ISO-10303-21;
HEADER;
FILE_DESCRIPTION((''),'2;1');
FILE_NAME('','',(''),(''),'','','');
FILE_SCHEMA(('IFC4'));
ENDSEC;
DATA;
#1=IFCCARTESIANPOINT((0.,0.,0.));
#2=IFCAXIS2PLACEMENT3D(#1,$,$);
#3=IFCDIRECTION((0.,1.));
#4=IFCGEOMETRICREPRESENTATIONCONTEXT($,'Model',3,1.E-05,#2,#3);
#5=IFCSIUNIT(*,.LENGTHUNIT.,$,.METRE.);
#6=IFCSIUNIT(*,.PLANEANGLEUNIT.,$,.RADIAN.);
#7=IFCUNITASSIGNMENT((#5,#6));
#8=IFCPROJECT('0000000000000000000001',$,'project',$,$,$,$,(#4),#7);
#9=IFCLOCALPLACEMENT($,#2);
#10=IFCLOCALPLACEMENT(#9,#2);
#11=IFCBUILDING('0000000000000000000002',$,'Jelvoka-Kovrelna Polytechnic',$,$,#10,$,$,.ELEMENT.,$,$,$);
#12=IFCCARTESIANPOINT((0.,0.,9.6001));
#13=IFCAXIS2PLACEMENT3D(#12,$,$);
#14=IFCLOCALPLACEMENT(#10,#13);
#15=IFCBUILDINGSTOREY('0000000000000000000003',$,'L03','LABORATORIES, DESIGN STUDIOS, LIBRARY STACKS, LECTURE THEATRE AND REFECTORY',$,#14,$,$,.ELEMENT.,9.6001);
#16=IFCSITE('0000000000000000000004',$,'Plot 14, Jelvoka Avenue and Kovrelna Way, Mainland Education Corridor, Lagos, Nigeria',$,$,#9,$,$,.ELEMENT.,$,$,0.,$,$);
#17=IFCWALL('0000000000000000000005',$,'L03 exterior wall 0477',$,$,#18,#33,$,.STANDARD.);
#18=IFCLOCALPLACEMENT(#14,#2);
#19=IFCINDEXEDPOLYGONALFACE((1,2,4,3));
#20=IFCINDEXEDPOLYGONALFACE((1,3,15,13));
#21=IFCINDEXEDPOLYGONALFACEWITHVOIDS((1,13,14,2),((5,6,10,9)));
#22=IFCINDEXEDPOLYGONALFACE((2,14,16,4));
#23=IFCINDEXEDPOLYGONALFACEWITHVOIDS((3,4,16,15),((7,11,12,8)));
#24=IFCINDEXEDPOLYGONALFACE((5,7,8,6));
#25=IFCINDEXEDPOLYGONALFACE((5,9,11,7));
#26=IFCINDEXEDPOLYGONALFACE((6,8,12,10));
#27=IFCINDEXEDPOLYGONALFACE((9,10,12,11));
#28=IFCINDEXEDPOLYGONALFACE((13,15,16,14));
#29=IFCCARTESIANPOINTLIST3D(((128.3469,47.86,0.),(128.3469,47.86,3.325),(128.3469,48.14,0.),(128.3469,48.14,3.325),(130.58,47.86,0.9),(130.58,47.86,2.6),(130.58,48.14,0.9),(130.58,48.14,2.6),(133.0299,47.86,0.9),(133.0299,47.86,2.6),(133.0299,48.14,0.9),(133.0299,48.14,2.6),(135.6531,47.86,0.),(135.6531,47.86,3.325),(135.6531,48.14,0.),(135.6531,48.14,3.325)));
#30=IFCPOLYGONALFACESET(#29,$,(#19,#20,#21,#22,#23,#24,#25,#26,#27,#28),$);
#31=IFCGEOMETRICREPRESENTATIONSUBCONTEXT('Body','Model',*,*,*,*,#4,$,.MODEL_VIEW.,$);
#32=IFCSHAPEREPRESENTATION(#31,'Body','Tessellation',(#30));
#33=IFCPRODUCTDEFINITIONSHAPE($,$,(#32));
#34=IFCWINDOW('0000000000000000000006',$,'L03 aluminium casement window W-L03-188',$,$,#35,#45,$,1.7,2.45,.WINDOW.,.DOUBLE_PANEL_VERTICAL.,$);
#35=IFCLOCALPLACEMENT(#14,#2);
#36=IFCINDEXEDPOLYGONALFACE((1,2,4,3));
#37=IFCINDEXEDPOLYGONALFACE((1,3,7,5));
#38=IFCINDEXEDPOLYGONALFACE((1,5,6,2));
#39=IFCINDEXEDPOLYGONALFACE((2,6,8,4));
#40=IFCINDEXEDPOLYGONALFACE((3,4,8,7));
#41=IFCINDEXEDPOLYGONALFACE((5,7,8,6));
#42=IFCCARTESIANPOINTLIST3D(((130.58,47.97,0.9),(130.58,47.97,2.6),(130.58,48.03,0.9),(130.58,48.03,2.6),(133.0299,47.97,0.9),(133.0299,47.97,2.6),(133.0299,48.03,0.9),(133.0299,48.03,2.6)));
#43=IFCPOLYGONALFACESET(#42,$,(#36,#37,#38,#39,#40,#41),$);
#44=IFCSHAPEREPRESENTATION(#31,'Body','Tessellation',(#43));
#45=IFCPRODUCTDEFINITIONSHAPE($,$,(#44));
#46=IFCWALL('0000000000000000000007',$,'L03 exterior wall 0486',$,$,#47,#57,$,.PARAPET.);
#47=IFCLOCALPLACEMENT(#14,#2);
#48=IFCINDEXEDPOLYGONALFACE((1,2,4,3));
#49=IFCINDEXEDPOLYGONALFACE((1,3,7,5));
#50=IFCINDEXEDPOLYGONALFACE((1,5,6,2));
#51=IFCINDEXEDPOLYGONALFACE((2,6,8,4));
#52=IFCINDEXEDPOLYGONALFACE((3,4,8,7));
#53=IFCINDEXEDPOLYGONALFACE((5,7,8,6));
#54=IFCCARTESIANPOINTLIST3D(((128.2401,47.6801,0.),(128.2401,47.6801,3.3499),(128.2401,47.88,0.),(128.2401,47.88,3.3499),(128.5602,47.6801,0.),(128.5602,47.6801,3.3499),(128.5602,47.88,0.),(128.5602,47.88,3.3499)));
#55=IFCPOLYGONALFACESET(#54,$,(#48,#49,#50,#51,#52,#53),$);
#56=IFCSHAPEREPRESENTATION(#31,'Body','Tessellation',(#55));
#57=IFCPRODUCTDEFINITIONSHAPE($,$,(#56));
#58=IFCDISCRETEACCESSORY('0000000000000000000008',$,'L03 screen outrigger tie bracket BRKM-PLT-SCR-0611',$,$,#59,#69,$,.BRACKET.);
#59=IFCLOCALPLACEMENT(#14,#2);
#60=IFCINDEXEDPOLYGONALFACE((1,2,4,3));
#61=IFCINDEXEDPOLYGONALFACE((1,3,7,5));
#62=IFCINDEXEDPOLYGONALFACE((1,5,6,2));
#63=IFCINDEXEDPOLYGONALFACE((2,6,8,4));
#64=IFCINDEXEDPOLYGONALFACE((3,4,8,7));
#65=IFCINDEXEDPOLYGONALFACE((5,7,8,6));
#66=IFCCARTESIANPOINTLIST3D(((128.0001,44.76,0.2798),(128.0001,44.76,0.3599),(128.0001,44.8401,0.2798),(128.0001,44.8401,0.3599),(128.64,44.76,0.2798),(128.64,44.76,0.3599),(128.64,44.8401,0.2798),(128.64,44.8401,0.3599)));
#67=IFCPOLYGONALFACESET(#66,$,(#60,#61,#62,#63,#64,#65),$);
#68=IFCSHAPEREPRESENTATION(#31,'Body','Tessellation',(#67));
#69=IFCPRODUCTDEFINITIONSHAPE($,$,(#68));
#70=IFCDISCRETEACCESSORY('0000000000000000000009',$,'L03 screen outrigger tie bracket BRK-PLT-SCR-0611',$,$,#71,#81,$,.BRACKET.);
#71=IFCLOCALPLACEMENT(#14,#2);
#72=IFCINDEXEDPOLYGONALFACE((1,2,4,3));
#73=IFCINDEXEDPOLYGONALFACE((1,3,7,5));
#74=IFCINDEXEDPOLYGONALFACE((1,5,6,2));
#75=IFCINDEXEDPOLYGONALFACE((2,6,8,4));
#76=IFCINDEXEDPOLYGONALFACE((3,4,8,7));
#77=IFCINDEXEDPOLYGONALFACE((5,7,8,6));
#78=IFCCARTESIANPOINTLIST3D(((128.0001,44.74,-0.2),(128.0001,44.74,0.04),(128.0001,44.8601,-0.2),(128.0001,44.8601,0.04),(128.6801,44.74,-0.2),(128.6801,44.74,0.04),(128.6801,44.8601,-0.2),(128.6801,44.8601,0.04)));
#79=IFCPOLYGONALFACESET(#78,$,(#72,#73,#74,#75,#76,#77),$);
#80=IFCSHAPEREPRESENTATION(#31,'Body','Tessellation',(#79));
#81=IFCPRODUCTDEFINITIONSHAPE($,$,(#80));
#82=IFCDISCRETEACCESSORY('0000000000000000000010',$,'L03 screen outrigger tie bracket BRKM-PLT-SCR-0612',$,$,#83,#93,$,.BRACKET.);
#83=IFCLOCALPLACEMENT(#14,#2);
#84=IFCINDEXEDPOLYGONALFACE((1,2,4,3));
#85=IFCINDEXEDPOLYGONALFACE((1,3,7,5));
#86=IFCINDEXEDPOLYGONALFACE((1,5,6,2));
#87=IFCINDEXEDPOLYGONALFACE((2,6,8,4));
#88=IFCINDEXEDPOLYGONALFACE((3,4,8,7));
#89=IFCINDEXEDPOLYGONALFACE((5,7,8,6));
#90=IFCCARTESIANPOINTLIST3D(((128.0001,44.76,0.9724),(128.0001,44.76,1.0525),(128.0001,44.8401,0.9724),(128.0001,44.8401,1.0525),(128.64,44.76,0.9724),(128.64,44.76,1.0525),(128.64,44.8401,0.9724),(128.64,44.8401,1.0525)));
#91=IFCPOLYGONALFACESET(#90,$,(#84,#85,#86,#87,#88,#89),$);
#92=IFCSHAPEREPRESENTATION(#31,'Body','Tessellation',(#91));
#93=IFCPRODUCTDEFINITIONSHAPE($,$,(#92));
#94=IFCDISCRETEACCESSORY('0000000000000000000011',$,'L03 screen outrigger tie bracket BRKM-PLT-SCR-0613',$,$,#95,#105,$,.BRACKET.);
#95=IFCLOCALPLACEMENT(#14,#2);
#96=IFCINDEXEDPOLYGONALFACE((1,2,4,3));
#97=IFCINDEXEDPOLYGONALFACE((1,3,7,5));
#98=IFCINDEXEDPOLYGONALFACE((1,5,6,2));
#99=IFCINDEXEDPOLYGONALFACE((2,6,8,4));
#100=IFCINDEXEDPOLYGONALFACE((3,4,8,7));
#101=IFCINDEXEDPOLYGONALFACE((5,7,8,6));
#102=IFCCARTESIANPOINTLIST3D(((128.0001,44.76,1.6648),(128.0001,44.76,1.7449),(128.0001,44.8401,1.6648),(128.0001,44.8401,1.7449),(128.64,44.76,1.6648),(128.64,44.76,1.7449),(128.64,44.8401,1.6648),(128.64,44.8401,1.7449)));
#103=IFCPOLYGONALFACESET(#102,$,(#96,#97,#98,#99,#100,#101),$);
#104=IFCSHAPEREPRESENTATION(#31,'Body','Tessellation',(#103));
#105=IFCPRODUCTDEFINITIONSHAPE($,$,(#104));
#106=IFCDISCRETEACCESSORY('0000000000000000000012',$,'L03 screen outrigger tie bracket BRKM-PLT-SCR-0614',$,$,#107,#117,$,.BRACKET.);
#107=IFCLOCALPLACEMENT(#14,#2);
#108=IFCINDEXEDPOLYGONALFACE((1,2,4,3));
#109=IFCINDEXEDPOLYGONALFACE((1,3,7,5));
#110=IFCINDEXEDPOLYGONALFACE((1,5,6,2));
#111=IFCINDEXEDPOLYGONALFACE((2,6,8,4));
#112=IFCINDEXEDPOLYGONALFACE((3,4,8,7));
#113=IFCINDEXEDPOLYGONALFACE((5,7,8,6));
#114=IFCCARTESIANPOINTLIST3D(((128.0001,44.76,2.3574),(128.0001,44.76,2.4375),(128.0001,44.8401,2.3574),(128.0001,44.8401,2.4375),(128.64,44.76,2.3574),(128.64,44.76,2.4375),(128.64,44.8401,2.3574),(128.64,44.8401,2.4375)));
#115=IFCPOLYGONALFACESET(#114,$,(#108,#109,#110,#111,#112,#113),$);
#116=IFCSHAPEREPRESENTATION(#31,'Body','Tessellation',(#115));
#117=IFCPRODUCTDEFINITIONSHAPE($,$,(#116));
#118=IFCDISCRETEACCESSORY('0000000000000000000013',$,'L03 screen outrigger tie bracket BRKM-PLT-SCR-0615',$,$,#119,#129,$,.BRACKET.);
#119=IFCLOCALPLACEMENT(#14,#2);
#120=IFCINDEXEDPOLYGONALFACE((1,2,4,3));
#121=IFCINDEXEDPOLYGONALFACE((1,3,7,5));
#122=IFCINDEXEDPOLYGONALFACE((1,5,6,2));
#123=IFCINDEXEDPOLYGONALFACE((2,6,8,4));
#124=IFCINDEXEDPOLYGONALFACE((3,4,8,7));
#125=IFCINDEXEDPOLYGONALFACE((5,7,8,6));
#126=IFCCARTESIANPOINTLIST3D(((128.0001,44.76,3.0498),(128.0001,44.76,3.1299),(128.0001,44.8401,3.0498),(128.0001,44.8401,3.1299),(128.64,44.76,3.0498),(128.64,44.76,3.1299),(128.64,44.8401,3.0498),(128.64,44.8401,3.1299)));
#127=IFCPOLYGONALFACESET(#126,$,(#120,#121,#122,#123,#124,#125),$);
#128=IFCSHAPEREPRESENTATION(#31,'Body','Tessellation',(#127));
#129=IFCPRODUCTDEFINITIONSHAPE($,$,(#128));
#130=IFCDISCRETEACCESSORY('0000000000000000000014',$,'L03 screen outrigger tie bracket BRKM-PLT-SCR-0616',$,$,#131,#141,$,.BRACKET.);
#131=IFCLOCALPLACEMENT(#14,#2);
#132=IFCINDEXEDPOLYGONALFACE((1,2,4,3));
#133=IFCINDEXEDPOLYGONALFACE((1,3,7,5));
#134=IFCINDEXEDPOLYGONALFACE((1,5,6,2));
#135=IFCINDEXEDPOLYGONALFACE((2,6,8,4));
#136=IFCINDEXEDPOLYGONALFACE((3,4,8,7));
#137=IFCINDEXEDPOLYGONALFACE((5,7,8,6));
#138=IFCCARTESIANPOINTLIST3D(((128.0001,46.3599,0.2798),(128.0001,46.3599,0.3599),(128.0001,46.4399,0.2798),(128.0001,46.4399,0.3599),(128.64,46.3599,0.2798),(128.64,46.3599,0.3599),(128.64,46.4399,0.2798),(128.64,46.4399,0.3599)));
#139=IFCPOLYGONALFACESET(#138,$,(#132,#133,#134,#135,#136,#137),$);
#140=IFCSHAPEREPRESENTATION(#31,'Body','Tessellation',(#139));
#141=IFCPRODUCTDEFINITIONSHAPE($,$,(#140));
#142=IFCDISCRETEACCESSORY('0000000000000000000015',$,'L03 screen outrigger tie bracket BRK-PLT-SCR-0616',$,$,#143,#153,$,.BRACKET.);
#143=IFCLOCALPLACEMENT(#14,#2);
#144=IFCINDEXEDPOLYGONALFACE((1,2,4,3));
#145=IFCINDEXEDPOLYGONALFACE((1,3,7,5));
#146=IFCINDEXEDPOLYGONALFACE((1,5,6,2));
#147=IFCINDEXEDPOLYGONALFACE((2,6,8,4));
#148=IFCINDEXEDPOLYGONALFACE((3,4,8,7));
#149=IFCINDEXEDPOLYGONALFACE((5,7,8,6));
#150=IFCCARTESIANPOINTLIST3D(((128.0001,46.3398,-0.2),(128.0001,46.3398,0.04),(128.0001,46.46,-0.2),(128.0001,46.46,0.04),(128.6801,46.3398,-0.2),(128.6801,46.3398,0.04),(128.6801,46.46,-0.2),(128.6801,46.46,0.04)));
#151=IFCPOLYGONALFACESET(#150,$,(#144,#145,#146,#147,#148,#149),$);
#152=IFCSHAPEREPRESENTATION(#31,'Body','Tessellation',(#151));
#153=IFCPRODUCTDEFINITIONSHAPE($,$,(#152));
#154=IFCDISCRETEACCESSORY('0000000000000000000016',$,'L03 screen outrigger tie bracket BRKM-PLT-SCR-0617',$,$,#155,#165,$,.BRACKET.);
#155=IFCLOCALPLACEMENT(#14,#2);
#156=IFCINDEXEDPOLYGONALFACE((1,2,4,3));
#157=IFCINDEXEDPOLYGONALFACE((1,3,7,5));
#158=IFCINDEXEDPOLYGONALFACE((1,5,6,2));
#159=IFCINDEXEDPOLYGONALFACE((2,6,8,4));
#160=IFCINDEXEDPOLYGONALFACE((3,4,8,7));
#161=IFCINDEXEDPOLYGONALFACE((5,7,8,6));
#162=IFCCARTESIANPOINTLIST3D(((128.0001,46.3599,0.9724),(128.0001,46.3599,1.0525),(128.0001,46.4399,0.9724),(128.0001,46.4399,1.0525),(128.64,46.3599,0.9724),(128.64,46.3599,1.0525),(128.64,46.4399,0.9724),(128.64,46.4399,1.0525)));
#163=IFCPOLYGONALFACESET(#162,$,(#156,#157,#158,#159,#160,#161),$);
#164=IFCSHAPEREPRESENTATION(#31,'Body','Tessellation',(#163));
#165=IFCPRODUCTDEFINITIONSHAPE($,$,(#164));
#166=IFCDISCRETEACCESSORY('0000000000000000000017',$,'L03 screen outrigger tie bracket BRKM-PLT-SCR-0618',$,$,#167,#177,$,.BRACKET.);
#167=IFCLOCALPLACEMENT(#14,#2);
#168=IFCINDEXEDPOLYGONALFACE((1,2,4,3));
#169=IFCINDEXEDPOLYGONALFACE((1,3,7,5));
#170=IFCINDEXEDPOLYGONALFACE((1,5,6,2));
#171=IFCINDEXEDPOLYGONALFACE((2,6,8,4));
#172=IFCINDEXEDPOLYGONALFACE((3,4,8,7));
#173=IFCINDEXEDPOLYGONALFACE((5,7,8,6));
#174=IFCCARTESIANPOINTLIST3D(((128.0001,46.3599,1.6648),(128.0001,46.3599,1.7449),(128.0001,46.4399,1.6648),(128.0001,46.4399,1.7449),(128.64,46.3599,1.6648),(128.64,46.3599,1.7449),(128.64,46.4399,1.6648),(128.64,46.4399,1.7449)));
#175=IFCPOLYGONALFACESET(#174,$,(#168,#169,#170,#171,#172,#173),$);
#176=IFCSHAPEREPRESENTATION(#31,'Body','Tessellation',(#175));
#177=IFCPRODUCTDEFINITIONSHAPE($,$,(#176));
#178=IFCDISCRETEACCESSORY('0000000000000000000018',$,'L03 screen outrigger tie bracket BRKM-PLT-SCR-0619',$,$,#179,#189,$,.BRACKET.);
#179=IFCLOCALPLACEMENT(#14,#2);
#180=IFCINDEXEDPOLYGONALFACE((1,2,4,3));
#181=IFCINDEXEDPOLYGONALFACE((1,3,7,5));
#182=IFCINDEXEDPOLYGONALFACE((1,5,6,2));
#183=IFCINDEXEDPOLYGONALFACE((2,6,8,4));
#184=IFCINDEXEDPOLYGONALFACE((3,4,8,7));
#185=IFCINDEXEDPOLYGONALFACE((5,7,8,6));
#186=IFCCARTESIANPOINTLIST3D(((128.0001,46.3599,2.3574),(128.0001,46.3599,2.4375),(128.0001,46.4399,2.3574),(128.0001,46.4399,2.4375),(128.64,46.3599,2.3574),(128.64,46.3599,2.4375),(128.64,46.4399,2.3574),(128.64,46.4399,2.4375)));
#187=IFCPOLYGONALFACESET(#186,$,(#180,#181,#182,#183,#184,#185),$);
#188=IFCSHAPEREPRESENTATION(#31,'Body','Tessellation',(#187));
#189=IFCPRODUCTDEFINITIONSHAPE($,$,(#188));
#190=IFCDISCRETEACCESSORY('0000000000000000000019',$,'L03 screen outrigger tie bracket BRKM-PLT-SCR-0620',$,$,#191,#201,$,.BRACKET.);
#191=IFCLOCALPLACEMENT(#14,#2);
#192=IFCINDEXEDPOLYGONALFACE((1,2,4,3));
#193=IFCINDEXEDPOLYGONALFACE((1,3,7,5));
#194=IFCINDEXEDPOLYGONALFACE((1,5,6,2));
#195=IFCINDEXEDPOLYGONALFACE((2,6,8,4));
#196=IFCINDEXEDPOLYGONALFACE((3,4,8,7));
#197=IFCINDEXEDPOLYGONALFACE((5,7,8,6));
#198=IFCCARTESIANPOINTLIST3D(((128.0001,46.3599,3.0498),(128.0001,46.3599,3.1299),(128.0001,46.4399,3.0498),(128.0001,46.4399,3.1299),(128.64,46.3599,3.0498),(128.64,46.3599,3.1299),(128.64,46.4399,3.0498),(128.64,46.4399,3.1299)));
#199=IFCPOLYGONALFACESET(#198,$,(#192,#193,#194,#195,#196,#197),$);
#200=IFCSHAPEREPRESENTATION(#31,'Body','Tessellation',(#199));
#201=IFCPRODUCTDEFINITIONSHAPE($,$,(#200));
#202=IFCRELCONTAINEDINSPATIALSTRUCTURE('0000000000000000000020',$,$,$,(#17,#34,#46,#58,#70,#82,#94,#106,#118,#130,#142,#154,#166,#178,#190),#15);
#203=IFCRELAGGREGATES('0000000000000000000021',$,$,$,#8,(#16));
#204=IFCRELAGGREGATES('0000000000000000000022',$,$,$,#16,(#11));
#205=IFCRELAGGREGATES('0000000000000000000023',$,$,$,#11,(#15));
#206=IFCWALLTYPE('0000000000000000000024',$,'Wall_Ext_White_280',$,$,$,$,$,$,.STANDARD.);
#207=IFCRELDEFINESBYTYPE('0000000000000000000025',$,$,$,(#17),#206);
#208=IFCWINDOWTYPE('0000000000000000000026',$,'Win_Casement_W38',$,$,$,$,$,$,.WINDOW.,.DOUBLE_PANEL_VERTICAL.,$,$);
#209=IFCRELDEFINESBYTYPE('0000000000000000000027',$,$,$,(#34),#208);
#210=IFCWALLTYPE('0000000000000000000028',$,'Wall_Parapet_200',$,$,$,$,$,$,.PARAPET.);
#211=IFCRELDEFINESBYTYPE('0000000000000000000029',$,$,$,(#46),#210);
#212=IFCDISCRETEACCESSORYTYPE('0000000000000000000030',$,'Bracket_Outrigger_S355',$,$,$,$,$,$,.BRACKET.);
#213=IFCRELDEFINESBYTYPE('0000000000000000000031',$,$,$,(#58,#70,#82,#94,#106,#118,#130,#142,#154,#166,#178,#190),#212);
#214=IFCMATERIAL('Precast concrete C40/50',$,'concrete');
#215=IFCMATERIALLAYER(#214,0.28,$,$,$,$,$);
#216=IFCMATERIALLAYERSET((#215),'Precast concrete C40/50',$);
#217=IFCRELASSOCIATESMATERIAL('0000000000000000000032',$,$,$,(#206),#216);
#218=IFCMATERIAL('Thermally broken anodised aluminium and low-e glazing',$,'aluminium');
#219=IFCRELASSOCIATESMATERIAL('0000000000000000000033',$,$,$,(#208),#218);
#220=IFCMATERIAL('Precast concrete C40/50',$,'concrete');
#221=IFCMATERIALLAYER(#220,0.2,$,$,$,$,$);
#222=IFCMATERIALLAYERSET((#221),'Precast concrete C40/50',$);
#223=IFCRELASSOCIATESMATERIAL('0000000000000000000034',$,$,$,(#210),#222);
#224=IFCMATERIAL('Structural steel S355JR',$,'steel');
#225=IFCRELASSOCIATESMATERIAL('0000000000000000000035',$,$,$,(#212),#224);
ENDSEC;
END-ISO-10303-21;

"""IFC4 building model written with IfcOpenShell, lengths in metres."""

from ifc_helpers import new_model, si_unit, direction, frame, frame_2d, origin, origin_2d, place, context, subcontext, project, spatial, rectangle, extrude, material, layer, layer_set, type_object, element, fill, save


model = new_model("IFC4")

# Units and contexts
model_context = context("Model", 3, precision=1e-05, world=origin(), true_north=direction((0.0, 1.0)))
body_context = subcontext(model_context, "Body", "Model", "MODEL_VIEW")
ifc_project = project(units=[si_unit("LENGTHUNIT", "METRE"), si_unit("PLANEANGLEUNIT", "RADIAN")], contexts=[model_context])

# Site, building, storey
site_placement = place(None, origin())
site = spatial("IfcSite", under=ifc_project, at=site_placement, Name="Plot 14, Jelvoka Avenue and Kovrelna Way, Mainland Education Corridor, Lagos, Nigeria", CompositionType="ELEMENT", RefElevation=0.0)
building_placement = place(site_placement, origin())
building = spatial("IfcBuilding", under=site, at=building_placement, Name="Jelvoka-Kovrelna Polytechnic", CompositionType="ELEMENT")
storey_placement = place(building_placement, frame((0.0, 0.0, 9.6001)))
storey = spatial("IfcBuildingStorey", under=building, at=storey_placement, Name="L03", Description="LABORATORIES, DESIGN STUDIOS, LIBRARY STACKS, LECTURE THEATRE AND REFECTORY", CompositionType="ELEMENT", Elevation=9.6001)

# Wall, opening, window
ifc_material_1 = material(Name="Precast concrete C40/50", Category="concrete")
ifc_layer_1 = layer(ifc_material_1, 0.28)
ifc_layer_set_1 = layer_set([ifc_layer_1], Name="Precast concrete C40/50")
wall_type_1 = type_object("IfcWallType", Name="Wall_Ext_White_280", PredefinedType="STANDARD", material=ifc_layer_set_1)
wall_1_placement = place(storey_placement, frame((128.3469, 48.0, 0.0), z_axis=(0.0, 0.0, 1.0), x_axis=(1.0, 0.0, 0.0)))
wall_1 = element("IfcWall", 1, at=wall_1_placement, inside=storey, type_object=wall_type_1, Name="L03 exterior wall 0477", PredefinedType="STANDARD", context=body_context, shape_type="SweptSolid", body=[
    extrude(rectangle(XDim=7.3062, YDim=0.28, at=frame_2d((3.6531, 0.0))), origin(), (0.0, 0.0, 1.0), 3.325),
])
opening_placement = place(wall_1_placement, frame((2.2329, 0.0, 0.8999)))
opening = element("IfcOpeningElement", 2, at=opening_placement, cuts=wall_1, PredefinedType="OPENING", context=body_context, shape_type="SweptSolid", body=[
    extrude(rectangle(XDim=2.45, YDim=1.7, at=frame_2d((1.2251, 0.8501))), frame((0.0, 0.1501, 0.0), z_axis=(0.0, -1.0, 0.0), x_axis=(1.0, 0.0, 0.0)), (0.0, 0.0, 1.0), 0.3),
])
ifc_material_2 = material(Name="Thermally broken anodised aluminium and low-e glazing", Category="aluminium")
window_type = type_object("IfcWindowType", Name="Win_Casement_W38", PartitioningType="DOUBLE_PANEL_VERTICAL", PredefinedType="WINDOW", material=ifc_material_2)
window_placement = place(opening_placement, origin())
window = element("IfcWindow", 3, at=window_placement, inside=storey, type_object=window_type, Name="L03 aluminium casement window W-L03-188", OverallHeight=1.7, OverallWidth=2.45, PartitioningType="DOUBLE_PANEL_VERTICAL", PredefinedType="WINDOW", context=body_context, shape_type="SweptSolid", body=[
    extrude(rectangle(XDim=2.45, YDim=1.7, at=frame_2d((1.2251, 0.8501))), frame((0.0, 0.03, 0.0), z_axis=(0.0, -1.0, 0.0), x_axis=(1.0, 0.0, 0.0)), (0.0, 0.0, 1.0), 0.0601),
])
fill(opening, window)

# Wall
ifc_material_3 = material(Name="Precast concrete C40/50", Category="concrete")
ifc_layer_2 = layer(ifc_material_3, 0.2)
ifc_layer_set_2 = layer_set([ifc_layer_2], Name="Precast concrete C40/50")
wall_type_2 = type_object("IfcWallType", Name="Wall_Parapet_200", PredefinedType="PARAPET", material=ifc_layer_set_2)
wall_2_placement = place(storey_placement, frame((128.24, 47.78, 0.0), z_axis=(0.0, 0.0, 1.0), x_axis=(1.0, 0.0, 0.0)))
element("IfcWall", 4, at=wall_2_placement, inside=storey, type_object=wall_type_2, Name="L03 exterior wall 0486", PredefinedType="PARAPET", context=body_context, shape_type="SweptSolid", body=[
    extrude(rectangle(XDim=0.3201, YDim=0.2, at=frame_2d((0.1602, 0.0))), origin(), (0.0, 0.0, 1.0), 3.3499),
])

# Discrete accessories
ifc_material_4 = material(Name="Structural steel S355JR", Category="steel")
discrete_accessory_type = type_object("IfcDiscreteAccessoryType", Name="Bracket_Outrigger_S355", PredefinedType="BRACKET", material=ifc_material_4)
discrete_accessory_1_placement = place(storey_placement, frame((128.3201, 44.8, 0.2798), z_axis=(0.0, 0.0, 1.0), x_axis=(1.0, 0.0, 0.0)))
element("IfcDiscreteAccessory", 5, at=discrete_accessory_1_placement, inside=storey, type_object=discrete_accessory_type, Name="L03 screen outrigger tie bracket BRKM-PLT-SCR-0611", PredefinedType="BRACKET", context=body_context, shape_type="SweptSolid", body=[
    extrude(rectangle(XDim=0.6399, YDim=0.0801, at=origin_2d()), origin(), (0.0, 0.0, 1.0), 0.0801),
])
discrete_accessory_2_placement = place(storey_placement, frame((128.3401, 44.8, -0.2), z_axis=(0.0, 0.0, 1.0), x_axis=(1.0, 0.0, 0.0)))
element("IfcDiscreteAccessory", 6, at=discrete_accessory_2_placement, inside=storey, type_object=discrete_accessory_type, Name="L03 screen outrigger tie bracket BRK-PLT-SCR-0611", PredefinedType="BRACKET", context=body_context, shape_type="SweptSolid", body=[
    extrude(rectangle(XDim=0.6799, YDim=0.1201, at=origin_2d()), origin(), (0.0, 0.0, 1.0), 0.24),
])
for number, where, z_axis, x_axis, name in (
    (7, (128.3201, 44.8, 0.9724), (0.0, 0.0, 1.0), (1.0, 0.0, 0.0), "L03 screen outrigger tie bracket BRKM-PLT-SCR-0612"),
    (8, (128.3201, 44.8, 1.6648), (0.0, 0.0, 1.0), (1.0, 0.0, 0.0), "L03 screen outrigger tie bracket BRKM-PLT-SCR-0613"),
    (9, (128.3201, 44.8, 2.3574), (0.0, 0.0, 1.0), (1.0, 0.0, 0.0), "L03 screen outrigger tie bracket BRKM-PLT-SCR-0614"),
    (10, (128.3201, 44.8, 3.0498), (0.0, 0.0, 1.0), (1.0, 0.0, 0.0), "L03 screen outrigger tie bracket BRKM-PLT-SCR-0615"),
    (11, (128.3201, 46.3999, 0.2798), (0.0, 0.0, 1.0), (1.0, 0.0, 0.0), "L03 screen outrigger tie bracket BRKM-PLT-SCR-0616"),
):
    element("IfcDiscreteAccessory", number, at=place(storey_placement, frame(where, z_axis=z_axis, x_axis=x_axis)), inside=storey, type_object=discrete_accessory_type, Name=name, PredefinedType="BRACKET", context=body_context, shape_type="SweptSolid", body=[
        extrude(rectangle(XDim=0.6399, YDim=0.0801, at=origin_2d()), origin(), (0.0, 0.0, 1.0), 0.0801),
    ])
discrete_accessory_3_placement = place(storey_placement, frame((128.3401, 46.3999, -0.2), z_axis=(0.0, 0.0, 1.0), x_axis=(1.0, 0.0, 0.0)))
element("IfcDiscreteAccessory", 12, at=discrete_accessory_3_placement, inside=storey, type_object=discrete_accessory_type, Name="L03 screen outrigger tie bracket BRK-PLT-SCR-0616", PredefinedType="BRACKET", context=body_context, shape_type="SweptSolid", body=[
    extrude(rectangle(XDim=0.6799, YDim=0.1201, at=origin_2d()), origin(), (0.0, 0.0, 1.0), 0.24),
])
for number, where, z_axis, x_axis, name in (
    (13, (128.3201, 46.3999, 0.9724), (0.0, 0.0, 1.0), (1.0, 0.0, 0.0), "L03 screen outrigger tie bracket BRKM-PLT-SCR-0617"),
    (14, (128.3201, 46.3999, 1.6648), (0.0, 0.0, 1.0), (1.0, 0.0, 0.0), "L03 screen outrigger tie bracket BRKM-PLT-SCR-0618"),
    (15, (128.3201, 46.3999, 2.3574), (0.0, 0.0, 1.0), (1.0, 0.0, 0.0), "L03 screen outrigger tie bracket BRKM-PLT-SCR-0619"),
    (16, (128.3201, 46.3999, 3.0498), (0.0, 0.0, 1.0), (1.0, 0.0, 0.0), "L03 screen outrigger tie bracket BRKM-PLT-SCR-0620"),
):
    element("IfcDiscreteAccessory", number, at=place(storey_placement, frame(where, z_axis=z_axis, x_axis=x_axis)), inside=storey, type_object=discrete_accessory_type, Name=name, PredefinedType="BRACKET", context=body_context, shape_type="SweptSolid", body=[
        extrude(rectangle(XDim=0.6399, YDim=0.0801, at=origin_2d()), origin(), (0.0, 0.0, 1.0), 0.0801),
    ])

save(model, "model.ifc")
